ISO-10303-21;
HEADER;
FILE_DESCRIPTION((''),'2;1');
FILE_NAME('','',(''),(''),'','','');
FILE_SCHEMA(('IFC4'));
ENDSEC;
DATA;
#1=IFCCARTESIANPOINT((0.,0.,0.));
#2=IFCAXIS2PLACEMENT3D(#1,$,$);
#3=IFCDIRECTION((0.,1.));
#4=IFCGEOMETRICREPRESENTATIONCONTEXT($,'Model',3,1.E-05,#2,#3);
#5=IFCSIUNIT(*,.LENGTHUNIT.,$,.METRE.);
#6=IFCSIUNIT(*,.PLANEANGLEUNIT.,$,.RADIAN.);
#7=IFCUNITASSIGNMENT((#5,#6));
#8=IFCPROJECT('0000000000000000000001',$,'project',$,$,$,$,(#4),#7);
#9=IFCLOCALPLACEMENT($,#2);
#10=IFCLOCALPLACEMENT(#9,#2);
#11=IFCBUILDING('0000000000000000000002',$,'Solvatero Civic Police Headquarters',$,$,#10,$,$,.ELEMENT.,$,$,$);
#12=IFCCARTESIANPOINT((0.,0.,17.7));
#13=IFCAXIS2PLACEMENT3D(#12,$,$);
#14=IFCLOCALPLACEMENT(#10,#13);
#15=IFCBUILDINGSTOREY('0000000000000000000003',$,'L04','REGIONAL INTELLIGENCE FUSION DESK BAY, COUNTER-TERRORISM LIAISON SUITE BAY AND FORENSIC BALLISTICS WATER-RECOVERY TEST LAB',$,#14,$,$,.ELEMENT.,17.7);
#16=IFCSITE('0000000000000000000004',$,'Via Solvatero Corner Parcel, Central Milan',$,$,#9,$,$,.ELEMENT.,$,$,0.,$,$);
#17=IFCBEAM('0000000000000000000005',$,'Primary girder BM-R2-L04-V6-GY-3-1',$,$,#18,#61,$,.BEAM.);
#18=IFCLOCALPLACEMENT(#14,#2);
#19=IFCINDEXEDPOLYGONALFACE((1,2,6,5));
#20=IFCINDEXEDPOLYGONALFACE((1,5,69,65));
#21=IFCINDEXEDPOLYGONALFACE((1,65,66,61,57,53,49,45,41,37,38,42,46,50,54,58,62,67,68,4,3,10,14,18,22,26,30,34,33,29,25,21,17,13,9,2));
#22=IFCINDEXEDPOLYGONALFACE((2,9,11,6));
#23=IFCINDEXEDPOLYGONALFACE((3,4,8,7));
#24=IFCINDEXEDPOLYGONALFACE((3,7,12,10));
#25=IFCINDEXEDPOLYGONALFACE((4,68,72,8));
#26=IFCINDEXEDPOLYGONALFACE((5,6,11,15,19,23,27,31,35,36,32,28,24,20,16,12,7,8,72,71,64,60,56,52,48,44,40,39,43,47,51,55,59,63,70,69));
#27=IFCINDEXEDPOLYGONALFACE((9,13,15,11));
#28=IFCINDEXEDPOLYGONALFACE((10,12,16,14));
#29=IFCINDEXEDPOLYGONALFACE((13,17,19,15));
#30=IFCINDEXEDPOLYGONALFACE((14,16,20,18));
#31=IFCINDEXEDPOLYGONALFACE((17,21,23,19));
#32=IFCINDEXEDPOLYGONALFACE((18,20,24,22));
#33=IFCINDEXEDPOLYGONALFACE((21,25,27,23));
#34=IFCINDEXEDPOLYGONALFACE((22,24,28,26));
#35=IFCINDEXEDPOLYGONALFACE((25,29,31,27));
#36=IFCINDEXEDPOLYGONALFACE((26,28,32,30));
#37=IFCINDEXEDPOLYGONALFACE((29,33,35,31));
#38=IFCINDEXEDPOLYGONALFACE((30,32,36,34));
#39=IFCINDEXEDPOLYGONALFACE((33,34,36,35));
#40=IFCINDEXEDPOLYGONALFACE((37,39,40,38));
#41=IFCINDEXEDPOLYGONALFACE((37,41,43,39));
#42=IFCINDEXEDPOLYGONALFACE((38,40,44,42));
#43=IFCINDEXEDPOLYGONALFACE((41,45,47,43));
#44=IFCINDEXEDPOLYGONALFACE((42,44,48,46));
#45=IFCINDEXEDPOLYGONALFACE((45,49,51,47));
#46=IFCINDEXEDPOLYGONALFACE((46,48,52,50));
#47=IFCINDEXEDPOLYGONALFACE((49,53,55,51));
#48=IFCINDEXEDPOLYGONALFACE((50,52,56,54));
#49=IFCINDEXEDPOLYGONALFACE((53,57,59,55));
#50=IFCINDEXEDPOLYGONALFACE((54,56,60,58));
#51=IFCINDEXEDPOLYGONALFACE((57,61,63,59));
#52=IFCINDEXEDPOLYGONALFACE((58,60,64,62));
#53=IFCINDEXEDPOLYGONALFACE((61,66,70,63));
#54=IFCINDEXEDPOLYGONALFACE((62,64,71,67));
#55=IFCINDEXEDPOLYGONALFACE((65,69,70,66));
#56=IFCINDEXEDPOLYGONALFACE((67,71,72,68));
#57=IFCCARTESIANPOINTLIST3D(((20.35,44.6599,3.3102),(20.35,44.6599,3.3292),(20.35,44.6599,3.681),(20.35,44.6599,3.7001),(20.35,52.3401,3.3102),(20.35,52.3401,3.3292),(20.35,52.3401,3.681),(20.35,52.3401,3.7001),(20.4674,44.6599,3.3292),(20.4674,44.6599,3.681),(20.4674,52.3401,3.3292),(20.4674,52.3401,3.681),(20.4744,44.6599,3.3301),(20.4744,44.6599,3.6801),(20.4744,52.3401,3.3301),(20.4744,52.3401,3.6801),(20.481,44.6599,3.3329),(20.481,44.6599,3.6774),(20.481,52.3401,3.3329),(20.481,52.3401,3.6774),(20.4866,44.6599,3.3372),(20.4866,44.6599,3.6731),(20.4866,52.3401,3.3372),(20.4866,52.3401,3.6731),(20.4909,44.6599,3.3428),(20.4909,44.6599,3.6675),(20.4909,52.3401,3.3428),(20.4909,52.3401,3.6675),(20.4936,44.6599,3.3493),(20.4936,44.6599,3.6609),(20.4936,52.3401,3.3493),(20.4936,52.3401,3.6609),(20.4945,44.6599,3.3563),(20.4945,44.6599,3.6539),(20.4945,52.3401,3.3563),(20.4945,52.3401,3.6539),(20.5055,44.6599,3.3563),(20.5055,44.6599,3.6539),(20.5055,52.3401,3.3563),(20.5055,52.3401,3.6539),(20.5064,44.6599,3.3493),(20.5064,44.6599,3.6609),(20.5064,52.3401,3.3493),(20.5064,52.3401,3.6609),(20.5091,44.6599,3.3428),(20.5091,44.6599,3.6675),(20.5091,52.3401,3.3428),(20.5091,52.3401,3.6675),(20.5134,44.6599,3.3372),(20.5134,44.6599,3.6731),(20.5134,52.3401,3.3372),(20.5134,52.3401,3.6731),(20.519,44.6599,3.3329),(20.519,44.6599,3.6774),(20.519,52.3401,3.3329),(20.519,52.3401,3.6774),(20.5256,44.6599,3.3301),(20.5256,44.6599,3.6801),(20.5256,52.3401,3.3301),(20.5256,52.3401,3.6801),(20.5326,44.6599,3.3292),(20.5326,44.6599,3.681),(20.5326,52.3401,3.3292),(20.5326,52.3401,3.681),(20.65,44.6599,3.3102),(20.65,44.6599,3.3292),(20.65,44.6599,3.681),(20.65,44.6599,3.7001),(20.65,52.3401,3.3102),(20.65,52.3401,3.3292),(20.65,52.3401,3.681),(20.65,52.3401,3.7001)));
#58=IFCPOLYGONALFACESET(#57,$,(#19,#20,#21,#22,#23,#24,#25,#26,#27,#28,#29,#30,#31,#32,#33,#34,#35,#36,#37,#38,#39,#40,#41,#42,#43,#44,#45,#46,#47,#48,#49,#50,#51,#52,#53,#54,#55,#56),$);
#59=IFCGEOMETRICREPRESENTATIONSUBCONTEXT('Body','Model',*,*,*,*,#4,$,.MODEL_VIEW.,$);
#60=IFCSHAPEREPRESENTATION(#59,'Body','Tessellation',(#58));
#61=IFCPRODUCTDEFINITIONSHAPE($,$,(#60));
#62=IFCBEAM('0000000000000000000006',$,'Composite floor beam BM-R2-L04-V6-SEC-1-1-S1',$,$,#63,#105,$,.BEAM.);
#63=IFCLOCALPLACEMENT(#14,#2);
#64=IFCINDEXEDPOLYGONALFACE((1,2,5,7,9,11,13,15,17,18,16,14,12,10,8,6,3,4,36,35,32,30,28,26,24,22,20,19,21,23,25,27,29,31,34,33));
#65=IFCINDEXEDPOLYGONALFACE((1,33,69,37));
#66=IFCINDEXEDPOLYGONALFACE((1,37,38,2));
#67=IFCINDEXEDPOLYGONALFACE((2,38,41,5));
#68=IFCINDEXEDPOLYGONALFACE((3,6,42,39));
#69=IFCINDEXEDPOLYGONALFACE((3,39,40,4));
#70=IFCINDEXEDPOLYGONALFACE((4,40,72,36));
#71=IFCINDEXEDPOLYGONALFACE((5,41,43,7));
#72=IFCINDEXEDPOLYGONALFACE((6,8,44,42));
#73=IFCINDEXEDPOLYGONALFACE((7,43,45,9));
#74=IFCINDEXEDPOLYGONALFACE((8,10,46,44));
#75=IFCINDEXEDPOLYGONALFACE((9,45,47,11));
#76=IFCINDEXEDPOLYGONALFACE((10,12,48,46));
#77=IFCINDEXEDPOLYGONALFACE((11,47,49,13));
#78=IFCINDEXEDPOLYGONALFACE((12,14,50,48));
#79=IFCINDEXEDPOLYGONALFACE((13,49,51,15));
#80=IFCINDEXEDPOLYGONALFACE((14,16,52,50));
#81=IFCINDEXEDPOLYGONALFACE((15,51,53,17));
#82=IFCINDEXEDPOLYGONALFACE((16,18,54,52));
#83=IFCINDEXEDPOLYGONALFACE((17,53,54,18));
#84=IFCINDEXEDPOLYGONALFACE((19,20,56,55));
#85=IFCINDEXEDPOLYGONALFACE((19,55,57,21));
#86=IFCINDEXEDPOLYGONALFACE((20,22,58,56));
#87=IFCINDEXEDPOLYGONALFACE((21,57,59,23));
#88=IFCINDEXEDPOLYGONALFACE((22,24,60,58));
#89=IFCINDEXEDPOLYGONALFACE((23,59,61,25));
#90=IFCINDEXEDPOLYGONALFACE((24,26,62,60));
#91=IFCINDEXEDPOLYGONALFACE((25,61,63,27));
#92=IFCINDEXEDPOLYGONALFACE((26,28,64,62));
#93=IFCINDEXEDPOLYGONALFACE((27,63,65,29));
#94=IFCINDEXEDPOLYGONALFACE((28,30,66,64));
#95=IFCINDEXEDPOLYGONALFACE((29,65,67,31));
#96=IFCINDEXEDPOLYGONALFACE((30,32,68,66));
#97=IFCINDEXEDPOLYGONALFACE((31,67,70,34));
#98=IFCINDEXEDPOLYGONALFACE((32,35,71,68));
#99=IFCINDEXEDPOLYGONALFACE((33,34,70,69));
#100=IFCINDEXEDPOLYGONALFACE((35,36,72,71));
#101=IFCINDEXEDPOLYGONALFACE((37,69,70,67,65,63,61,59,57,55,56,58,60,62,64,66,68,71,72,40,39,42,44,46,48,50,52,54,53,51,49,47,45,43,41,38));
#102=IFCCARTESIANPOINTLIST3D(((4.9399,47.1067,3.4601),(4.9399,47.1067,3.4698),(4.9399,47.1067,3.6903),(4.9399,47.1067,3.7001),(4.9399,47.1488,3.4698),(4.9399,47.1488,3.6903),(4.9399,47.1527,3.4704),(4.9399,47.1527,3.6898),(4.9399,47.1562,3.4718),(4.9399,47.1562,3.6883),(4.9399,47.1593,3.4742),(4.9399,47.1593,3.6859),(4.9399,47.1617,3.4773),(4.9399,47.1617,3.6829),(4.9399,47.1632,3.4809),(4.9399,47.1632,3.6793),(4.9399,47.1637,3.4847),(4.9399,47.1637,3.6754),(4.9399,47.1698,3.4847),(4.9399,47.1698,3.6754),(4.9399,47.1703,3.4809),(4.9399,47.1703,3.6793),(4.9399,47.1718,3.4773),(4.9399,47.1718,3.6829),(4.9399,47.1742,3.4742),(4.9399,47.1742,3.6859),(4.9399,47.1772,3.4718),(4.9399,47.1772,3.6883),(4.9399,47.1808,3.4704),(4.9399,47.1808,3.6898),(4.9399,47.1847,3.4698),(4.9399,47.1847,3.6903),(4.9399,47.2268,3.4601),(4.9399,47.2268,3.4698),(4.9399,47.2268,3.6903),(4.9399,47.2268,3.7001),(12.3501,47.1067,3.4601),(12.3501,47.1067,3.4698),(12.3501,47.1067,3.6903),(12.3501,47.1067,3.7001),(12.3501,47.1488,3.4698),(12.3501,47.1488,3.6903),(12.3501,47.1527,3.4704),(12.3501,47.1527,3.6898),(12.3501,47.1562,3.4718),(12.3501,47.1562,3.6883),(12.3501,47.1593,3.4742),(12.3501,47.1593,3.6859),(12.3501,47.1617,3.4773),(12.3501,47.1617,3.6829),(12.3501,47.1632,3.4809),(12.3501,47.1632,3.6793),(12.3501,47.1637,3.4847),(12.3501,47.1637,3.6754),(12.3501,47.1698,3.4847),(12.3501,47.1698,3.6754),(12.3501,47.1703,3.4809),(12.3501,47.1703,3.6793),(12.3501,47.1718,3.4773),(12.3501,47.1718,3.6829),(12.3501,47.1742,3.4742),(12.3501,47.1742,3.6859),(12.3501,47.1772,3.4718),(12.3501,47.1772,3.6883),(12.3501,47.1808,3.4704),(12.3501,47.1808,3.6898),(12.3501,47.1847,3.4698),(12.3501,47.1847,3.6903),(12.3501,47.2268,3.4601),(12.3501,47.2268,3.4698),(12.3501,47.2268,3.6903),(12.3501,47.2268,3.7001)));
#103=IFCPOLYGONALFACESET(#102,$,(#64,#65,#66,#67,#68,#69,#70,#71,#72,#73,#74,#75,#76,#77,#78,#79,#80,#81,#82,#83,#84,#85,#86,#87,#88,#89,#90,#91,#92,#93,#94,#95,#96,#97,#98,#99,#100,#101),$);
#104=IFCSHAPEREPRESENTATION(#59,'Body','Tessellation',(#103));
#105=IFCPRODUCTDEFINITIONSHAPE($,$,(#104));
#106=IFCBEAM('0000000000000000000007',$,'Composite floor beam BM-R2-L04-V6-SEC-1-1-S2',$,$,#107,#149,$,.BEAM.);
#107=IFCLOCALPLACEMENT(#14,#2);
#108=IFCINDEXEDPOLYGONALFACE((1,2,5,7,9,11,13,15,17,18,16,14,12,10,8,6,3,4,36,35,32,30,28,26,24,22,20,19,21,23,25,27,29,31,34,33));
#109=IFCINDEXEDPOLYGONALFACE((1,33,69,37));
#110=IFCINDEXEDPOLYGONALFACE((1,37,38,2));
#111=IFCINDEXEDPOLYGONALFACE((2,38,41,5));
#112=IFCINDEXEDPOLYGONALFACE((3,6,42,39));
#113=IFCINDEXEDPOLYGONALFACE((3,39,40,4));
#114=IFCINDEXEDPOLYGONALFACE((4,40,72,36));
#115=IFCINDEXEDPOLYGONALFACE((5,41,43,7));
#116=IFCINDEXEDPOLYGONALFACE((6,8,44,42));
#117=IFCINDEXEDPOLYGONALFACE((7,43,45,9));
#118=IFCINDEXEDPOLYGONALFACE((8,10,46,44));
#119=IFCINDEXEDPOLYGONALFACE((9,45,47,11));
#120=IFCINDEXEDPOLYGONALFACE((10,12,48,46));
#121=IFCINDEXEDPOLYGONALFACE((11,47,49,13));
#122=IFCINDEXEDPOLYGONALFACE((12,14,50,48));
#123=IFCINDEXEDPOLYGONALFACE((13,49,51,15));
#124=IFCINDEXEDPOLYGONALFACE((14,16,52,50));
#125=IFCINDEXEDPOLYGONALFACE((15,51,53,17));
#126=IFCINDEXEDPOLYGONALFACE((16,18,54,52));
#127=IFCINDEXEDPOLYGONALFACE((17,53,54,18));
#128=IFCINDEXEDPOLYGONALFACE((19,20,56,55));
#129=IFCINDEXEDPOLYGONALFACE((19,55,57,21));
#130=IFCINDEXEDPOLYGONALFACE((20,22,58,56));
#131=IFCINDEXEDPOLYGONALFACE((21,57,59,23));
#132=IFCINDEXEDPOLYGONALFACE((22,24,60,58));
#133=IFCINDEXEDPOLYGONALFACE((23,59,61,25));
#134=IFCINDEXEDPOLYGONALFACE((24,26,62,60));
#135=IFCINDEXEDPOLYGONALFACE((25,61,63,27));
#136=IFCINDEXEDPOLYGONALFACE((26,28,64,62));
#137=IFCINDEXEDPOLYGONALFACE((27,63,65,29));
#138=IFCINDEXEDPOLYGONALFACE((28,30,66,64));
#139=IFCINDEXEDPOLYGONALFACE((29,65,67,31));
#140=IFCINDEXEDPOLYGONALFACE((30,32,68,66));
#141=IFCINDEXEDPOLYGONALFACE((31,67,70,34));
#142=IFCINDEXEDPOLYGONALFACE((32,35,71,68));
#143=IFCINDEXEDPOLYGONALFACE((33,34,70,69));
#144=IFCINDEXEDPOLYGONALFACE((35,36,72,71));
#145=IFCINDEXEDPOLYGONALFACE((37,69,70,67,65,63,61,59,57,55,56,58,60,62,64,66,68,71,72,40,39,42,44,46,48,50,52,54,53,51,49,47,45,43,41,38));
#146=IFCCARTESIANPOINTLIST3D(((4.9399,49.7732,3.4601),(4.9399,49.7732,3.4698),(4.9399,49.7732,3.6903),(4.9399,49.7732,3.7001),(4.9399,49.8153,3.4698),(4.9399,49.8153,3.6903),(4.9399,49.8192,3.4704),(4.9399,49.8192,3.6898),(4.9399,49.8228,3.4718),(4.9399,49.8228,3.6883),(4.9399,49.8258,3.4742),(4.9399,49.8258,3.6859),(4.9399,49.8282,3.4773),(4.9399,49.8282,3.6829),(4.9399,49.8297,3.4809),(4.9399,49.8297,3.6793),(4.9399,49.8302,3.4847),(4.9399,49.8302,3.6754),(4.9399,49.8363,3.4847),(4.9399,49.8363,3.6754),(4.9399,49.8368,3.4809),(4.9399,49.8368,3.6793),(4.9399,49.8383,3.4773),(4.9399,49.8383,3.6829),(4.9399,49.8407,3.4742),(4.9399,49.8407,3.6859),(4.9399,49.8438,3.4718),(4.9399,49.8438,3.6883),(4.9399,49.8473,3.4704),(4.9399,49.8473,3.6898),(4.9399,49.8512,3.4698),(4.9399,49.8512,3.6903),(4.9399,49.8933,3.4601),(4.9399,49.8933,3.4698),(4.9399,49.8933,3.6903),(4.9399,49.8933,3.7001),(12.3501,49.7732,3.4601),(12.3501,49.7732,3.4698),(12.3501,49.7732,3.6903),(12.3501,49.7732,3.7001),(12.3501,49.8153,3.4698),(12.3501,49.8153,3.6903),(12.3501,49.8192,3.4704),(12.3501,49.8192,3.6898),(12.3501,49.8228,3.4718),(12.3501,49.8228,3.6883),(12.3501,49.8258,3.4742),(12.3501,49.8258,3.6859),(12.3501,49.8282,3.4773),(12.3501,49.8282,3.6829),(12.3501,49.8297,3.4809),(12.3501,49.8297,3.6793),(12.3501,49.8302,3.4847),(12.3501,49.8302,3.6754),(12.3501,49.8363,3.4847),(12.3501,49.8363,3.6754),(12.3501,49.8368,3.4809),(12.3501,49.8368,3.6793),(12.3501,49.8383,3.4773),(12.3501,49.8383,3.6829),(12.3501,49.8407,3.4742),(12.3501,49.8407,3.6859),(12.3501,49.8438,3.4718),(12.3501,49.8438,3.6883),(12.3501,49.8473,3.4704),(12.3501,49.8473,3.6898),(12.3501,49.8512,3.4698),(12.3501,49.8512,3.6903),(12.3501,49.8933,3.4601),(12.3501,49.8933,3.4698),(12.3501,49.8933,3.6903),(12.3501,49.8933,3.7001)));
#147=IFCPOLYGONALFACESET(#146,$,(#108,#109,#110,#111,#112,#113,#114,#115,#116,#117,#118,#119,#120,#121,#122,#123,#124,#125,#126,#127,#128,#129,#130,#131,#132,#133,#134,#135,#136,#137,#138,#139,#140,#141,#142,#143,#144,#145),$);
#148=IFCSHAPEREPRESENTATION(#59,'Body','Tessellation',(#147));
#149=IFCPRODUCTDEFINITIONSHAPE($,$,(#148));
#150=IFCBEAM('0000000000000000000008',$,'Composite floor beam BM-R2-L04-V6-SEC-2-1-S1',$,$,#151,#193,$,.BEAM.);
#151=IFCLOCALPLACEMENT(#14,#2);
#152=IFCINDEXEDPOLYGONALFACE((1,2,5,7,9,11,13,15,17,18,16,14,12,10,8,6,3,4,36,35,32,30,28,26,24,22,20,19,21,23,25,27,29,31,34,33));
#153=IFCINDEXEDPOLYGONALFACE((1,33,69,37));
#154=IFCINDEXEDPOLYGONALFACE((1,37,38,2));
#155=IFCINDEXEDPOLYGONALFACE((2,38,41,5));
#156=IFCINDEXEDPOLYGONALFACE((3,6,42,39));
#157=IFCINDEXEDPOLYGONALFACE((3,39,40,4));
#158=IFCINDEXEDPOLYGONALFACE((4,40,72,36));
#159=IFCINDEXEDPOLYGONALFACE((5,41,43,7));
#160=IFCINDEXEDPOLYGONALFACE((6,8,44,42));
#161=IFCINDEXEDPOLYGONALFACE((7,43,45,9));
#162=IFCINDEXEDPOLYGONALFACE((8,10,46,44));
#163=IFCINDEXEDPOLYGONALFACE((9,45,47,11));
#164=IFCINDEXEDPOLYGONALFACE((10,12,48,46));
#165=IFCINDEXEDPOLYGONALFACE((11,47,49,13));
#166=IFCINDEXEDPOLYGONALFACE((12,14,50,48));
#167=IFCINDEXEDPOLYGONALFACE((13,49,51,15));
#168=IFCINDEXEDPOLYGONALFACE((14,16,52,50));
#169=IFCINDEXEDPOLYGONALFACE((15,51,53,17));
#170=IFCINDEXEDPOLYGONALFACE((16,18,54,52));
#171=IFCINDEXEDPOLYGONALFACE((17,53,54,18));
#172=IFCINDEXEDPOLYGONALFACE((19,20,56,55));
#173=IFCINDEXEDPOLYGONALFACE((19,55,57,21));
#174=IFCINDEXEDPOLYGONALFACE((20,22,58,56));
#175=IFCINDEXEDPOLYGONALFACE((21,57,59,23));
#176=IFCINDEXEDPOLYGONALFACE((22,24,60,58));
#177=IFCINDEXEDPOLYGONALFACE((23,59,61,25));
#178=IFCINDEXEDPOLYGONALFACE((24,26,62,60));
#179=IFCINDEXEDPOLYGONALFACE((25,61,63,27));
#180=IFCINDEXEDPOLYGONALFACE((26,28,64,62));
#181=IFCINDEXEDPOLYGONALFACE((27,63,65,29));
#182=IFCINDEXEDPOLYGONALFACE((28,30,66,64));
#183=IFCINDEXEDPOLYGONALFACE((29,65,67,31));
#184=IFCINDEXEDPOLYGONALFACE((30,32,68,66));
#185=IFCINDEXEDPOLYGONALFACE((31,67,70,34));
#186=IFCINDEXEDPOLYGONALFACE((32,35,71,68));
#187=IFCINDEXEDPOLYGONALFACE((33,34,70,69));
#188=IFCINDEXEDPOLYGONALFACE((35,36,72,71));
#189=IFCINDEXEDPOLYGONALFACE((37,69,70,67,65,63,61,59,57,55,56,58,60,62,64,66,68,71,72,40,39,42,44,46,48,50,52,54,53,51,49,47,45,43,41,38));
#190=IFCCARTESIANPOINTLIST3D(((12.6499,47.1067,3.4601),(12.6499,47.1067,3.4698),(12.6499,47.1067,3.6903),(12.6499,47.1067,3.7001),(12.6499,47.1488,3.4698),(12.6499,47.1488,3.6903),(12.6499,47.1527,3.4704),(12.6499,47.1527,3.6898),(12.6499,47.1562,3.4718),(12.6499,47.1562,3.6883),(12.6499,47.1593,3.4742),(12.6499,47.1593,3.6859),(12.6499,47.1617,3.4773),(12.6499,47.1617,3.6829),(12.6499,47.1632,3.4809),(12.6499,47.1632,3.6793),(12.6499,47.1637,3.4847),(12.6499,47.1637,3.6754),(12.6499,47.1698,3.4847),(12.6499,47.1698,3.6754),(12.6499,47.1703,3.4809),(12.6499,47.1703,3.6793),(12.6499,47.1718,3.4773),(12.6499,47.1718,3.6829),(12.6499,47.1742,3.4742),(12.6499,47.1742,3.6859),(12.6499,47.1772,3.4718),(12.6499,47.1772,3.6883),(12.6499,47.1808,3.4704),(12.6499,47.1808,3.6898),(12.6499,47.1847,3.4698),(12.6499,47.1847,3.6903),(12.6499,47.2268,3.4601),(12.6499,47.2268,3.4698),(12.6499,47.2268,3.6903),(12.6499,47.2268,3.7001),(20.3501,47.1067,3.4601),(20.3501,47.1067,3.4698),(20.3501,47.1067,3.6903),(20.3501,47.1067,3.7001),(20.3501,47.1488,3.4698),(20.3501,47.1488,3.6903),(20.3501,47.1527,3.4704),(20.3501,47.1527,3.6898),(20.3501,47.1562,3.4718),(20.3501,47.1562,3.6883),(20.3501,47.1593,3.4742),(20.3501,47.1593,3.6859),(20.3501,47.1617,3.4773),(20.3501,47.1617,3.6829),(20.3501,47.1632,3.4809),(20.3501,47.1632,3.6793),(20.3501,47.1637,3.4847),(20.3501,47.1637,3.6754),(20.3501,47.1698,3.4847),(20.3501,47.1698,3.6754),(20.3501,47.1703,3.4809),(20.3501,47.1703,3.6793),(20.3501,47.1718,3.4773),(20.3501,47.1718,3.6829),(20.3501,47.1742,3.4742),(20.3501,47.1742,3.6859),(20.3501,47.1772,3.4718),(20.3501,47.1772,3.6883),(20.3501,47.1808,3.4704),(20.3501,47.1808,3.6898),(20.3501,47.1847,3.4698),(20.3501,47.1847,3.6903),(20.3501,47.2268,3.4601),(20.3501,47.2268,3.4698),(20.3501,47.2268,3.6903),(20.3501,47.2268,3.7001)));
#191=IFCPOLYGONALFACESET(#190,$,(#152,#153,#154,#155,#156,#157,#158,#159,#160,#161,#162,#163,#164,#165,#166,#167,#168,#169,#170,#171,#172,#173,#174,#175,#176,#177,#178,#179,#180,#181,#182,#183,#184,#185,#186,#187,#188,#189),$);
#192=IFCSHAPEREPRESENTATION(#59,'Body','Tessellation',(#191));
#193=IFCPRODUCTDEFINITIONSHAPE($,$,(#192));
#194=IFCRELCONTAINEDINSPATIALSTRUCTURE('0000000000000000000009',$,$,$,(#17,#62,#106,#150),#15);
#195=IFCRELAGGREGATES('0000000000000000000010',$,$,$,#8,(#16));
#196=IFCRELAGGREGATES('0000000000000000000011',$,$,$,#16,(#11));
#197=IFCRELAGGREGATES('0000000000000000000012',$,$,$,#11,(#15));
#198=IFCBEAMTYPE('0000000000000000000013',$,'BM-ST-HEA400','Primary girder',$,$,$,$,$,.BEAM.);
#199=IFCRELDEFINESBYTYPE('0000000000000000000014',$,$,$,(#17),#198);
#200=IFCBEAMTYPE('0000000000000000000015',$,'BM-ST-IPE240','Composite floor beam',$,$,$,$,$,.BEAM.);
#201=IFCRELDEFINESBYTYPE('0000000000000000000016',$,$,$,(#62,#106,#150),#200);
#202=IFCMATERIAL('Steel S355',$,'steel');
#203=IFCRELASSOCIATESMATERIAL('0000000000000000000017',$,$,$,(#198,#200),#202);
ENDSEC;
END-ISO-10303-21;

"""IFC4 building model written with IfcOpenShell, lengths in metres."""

from ifc_helpers import new_model, si_unit, direction, frame, origin, origin_2d, place, context, subcontext, project, spatial, i_section, extrude, material, material_profile, profile_set, type_object, element, save


model = new_model("IFC4")

# Units and contexts
model_context = context("Model", 3, precision=1e-05, world=origin(), true_north=direction((0.0, 1.0)))
body_context = subcontext(model_context, "Body", "Model", "MODEL_VIEW")
ifc_project = project(units=[si_unit("LENGTHUNIT", "METRE"), si_unit("PLANEANGLEUNIT", "RADIAN")], contexts=[model_context])

# Site, building, storey
site_placement = place(None, origin())
site = spatial("IfcSite", under=ifc_project, at=site_placement, Name="Via Solvatero Corner Parcel, Central Milan", CompositionType="ELEMENT", RefElevation=0.0)
building_placement = place(site_placement, origin())
building = spatial("IfcBuilding", under=site, at=building_placement, Name="Solvatero Civic Police Headquarters", CompositionType="ELEMENT")
storey_placement = place(building_placement, frame((0.0, 0.0, 17.7)))
storey = spatial("IfcBuildingStorey", under=building, at=storey_placement, Name="L04", Description="REGIONAL INTELLIGENCE FUSION DESK BAY, COUNTER-TERRORISM LIAISON SUITE BAY AND FORENSIC BALLISTICS WATER-RECOVERY TEST LAB", CompositionType="ELEMENT", Elevation=17.7)

# Shared definitions
ifc_material = material(Name="Steel S355", Category="steel")

# Beams
ifc_material_profile_1 = material_profile(ifc_material, i_section(OverallWidth=0.3, OverallDepth=0.3899, WebThickness=0.011, FlangeThickness=0.019, FilletRadius=0.0271, at=origin_2d()), Name="HEA 400")
ifc_profile_set_1 = profile_set([ifc_material_profile_1], Name="Steel S355")
beam_type_1 = type_object("IfcBeamType", Name="BM-ST-HEA400", Description="Primary girder", PredefinedType="BEAM", material=ifc_profile_set_1)
for number, where, z_axis, x_axis, name in (
    (1, (20.5, 44.6599, 3.5051), (0.0, 1.0, 0.0), (-1.0, 0.0, 0.0), "Primary girder BM-R2-L04-V6-GY-3-1"),
):
    element("IfcBeam", number, at=place(storey_placement, frame(where, z_axis=z_axis, x_axis=x_axis)), inside=storey, type_object=beam_type_1, Name=name, PredefinedType="BEAM", context=body_context, shape_type="SweptSolid", body=[
        extrude(i_section(OverallWidth=0.3, OverallDepth=0.3899, WebThickness=0.011, FlangeThickness=0.019, FilletRadius=0.0271, at=origin_2d()), origin(), (0.0, 0.0, 1.0), 7.6802),
    ])
ifc_material_profile_2 = material_profile(ifc_material, i_section(OverallWidth=0.1201, OverallDepth=0.24, WebThickness=0.0061, FlangeThickness=0.0098, FilletRadius=0.0149, at=origin_2d()), Name="IPE 240")
ifc_profile_set_2 = profile_set([ifc_material_profile_2], Name="Steel S355")
beam_type_2 = type_object("IfcBeamType", Name="BM-ST-IPE240", Description="Composite floor beam", PredefinedType="BEAM", material=ifc_profile_set_2)
for number, where, z_axis, x_axis, name in (
    (2, (4.9399, 47.1667, 3.5801), (1.0, 0.0, 0.0), (0.0, 1.0, 0.0), "Composite floor beam BM-R2-L04-V6-SEC-1-1-S1"),
    (3, (4.9399, 49.8333, 3.5801), (1.0, 0.0, 0.0), (0.0, 1.0, 0.0), "Composite floor beam BM-R2-L04-V6-SEC-1-1-S2"),
):
    element("IfcBeam", number, at=place(storey_placement, frame(where, z_axis=z_axis, x_axis=x_axis)), inside=storey, type_object=beam_type_2, Name=name, PredefinedType="BEAM", context=body_context, shape_type="SweptSolid", body=[
        extrude(i_section(OverallWidth=0.1201, OverallDepth=0.24, WebThickness=0.0061, FlangeThickness=0.0098, FilletRadius=0.0149, at=origin_2d()), origin(), (0.0, 0.0, 1.0), 7.4102),
    ])
for number, where, z_axis, x_axis, name in (
    (4, (12.6499, 47.1667, 3.5801), (1.0, 0.0, 0.0), (0.0, 1.0, 0.0), "Composite floor beam BM-R2-L04-V6-SEC-2-1-S1"),
):
    element("IfcBeam", number, at=place(storey_placement, frame(where, z_axis=z_axis, x_axis=x_axis)), inside=storey, type_object=beam_type_2, Name=name, PredefinedType="BEAM", context=body_context, shape_type="SweptSolid", body=[
        extrude(i_section(OverallWidth=0.1201, OverallDepth=0.24, WebThickness=0.0061, FlangeThickness=0.0098, FilletRadius=0.0149, at=origin_2d()), origin(), (0.0, 0.0, 1.0), 7.7002),
    ])

save(model, "model.ifc")
